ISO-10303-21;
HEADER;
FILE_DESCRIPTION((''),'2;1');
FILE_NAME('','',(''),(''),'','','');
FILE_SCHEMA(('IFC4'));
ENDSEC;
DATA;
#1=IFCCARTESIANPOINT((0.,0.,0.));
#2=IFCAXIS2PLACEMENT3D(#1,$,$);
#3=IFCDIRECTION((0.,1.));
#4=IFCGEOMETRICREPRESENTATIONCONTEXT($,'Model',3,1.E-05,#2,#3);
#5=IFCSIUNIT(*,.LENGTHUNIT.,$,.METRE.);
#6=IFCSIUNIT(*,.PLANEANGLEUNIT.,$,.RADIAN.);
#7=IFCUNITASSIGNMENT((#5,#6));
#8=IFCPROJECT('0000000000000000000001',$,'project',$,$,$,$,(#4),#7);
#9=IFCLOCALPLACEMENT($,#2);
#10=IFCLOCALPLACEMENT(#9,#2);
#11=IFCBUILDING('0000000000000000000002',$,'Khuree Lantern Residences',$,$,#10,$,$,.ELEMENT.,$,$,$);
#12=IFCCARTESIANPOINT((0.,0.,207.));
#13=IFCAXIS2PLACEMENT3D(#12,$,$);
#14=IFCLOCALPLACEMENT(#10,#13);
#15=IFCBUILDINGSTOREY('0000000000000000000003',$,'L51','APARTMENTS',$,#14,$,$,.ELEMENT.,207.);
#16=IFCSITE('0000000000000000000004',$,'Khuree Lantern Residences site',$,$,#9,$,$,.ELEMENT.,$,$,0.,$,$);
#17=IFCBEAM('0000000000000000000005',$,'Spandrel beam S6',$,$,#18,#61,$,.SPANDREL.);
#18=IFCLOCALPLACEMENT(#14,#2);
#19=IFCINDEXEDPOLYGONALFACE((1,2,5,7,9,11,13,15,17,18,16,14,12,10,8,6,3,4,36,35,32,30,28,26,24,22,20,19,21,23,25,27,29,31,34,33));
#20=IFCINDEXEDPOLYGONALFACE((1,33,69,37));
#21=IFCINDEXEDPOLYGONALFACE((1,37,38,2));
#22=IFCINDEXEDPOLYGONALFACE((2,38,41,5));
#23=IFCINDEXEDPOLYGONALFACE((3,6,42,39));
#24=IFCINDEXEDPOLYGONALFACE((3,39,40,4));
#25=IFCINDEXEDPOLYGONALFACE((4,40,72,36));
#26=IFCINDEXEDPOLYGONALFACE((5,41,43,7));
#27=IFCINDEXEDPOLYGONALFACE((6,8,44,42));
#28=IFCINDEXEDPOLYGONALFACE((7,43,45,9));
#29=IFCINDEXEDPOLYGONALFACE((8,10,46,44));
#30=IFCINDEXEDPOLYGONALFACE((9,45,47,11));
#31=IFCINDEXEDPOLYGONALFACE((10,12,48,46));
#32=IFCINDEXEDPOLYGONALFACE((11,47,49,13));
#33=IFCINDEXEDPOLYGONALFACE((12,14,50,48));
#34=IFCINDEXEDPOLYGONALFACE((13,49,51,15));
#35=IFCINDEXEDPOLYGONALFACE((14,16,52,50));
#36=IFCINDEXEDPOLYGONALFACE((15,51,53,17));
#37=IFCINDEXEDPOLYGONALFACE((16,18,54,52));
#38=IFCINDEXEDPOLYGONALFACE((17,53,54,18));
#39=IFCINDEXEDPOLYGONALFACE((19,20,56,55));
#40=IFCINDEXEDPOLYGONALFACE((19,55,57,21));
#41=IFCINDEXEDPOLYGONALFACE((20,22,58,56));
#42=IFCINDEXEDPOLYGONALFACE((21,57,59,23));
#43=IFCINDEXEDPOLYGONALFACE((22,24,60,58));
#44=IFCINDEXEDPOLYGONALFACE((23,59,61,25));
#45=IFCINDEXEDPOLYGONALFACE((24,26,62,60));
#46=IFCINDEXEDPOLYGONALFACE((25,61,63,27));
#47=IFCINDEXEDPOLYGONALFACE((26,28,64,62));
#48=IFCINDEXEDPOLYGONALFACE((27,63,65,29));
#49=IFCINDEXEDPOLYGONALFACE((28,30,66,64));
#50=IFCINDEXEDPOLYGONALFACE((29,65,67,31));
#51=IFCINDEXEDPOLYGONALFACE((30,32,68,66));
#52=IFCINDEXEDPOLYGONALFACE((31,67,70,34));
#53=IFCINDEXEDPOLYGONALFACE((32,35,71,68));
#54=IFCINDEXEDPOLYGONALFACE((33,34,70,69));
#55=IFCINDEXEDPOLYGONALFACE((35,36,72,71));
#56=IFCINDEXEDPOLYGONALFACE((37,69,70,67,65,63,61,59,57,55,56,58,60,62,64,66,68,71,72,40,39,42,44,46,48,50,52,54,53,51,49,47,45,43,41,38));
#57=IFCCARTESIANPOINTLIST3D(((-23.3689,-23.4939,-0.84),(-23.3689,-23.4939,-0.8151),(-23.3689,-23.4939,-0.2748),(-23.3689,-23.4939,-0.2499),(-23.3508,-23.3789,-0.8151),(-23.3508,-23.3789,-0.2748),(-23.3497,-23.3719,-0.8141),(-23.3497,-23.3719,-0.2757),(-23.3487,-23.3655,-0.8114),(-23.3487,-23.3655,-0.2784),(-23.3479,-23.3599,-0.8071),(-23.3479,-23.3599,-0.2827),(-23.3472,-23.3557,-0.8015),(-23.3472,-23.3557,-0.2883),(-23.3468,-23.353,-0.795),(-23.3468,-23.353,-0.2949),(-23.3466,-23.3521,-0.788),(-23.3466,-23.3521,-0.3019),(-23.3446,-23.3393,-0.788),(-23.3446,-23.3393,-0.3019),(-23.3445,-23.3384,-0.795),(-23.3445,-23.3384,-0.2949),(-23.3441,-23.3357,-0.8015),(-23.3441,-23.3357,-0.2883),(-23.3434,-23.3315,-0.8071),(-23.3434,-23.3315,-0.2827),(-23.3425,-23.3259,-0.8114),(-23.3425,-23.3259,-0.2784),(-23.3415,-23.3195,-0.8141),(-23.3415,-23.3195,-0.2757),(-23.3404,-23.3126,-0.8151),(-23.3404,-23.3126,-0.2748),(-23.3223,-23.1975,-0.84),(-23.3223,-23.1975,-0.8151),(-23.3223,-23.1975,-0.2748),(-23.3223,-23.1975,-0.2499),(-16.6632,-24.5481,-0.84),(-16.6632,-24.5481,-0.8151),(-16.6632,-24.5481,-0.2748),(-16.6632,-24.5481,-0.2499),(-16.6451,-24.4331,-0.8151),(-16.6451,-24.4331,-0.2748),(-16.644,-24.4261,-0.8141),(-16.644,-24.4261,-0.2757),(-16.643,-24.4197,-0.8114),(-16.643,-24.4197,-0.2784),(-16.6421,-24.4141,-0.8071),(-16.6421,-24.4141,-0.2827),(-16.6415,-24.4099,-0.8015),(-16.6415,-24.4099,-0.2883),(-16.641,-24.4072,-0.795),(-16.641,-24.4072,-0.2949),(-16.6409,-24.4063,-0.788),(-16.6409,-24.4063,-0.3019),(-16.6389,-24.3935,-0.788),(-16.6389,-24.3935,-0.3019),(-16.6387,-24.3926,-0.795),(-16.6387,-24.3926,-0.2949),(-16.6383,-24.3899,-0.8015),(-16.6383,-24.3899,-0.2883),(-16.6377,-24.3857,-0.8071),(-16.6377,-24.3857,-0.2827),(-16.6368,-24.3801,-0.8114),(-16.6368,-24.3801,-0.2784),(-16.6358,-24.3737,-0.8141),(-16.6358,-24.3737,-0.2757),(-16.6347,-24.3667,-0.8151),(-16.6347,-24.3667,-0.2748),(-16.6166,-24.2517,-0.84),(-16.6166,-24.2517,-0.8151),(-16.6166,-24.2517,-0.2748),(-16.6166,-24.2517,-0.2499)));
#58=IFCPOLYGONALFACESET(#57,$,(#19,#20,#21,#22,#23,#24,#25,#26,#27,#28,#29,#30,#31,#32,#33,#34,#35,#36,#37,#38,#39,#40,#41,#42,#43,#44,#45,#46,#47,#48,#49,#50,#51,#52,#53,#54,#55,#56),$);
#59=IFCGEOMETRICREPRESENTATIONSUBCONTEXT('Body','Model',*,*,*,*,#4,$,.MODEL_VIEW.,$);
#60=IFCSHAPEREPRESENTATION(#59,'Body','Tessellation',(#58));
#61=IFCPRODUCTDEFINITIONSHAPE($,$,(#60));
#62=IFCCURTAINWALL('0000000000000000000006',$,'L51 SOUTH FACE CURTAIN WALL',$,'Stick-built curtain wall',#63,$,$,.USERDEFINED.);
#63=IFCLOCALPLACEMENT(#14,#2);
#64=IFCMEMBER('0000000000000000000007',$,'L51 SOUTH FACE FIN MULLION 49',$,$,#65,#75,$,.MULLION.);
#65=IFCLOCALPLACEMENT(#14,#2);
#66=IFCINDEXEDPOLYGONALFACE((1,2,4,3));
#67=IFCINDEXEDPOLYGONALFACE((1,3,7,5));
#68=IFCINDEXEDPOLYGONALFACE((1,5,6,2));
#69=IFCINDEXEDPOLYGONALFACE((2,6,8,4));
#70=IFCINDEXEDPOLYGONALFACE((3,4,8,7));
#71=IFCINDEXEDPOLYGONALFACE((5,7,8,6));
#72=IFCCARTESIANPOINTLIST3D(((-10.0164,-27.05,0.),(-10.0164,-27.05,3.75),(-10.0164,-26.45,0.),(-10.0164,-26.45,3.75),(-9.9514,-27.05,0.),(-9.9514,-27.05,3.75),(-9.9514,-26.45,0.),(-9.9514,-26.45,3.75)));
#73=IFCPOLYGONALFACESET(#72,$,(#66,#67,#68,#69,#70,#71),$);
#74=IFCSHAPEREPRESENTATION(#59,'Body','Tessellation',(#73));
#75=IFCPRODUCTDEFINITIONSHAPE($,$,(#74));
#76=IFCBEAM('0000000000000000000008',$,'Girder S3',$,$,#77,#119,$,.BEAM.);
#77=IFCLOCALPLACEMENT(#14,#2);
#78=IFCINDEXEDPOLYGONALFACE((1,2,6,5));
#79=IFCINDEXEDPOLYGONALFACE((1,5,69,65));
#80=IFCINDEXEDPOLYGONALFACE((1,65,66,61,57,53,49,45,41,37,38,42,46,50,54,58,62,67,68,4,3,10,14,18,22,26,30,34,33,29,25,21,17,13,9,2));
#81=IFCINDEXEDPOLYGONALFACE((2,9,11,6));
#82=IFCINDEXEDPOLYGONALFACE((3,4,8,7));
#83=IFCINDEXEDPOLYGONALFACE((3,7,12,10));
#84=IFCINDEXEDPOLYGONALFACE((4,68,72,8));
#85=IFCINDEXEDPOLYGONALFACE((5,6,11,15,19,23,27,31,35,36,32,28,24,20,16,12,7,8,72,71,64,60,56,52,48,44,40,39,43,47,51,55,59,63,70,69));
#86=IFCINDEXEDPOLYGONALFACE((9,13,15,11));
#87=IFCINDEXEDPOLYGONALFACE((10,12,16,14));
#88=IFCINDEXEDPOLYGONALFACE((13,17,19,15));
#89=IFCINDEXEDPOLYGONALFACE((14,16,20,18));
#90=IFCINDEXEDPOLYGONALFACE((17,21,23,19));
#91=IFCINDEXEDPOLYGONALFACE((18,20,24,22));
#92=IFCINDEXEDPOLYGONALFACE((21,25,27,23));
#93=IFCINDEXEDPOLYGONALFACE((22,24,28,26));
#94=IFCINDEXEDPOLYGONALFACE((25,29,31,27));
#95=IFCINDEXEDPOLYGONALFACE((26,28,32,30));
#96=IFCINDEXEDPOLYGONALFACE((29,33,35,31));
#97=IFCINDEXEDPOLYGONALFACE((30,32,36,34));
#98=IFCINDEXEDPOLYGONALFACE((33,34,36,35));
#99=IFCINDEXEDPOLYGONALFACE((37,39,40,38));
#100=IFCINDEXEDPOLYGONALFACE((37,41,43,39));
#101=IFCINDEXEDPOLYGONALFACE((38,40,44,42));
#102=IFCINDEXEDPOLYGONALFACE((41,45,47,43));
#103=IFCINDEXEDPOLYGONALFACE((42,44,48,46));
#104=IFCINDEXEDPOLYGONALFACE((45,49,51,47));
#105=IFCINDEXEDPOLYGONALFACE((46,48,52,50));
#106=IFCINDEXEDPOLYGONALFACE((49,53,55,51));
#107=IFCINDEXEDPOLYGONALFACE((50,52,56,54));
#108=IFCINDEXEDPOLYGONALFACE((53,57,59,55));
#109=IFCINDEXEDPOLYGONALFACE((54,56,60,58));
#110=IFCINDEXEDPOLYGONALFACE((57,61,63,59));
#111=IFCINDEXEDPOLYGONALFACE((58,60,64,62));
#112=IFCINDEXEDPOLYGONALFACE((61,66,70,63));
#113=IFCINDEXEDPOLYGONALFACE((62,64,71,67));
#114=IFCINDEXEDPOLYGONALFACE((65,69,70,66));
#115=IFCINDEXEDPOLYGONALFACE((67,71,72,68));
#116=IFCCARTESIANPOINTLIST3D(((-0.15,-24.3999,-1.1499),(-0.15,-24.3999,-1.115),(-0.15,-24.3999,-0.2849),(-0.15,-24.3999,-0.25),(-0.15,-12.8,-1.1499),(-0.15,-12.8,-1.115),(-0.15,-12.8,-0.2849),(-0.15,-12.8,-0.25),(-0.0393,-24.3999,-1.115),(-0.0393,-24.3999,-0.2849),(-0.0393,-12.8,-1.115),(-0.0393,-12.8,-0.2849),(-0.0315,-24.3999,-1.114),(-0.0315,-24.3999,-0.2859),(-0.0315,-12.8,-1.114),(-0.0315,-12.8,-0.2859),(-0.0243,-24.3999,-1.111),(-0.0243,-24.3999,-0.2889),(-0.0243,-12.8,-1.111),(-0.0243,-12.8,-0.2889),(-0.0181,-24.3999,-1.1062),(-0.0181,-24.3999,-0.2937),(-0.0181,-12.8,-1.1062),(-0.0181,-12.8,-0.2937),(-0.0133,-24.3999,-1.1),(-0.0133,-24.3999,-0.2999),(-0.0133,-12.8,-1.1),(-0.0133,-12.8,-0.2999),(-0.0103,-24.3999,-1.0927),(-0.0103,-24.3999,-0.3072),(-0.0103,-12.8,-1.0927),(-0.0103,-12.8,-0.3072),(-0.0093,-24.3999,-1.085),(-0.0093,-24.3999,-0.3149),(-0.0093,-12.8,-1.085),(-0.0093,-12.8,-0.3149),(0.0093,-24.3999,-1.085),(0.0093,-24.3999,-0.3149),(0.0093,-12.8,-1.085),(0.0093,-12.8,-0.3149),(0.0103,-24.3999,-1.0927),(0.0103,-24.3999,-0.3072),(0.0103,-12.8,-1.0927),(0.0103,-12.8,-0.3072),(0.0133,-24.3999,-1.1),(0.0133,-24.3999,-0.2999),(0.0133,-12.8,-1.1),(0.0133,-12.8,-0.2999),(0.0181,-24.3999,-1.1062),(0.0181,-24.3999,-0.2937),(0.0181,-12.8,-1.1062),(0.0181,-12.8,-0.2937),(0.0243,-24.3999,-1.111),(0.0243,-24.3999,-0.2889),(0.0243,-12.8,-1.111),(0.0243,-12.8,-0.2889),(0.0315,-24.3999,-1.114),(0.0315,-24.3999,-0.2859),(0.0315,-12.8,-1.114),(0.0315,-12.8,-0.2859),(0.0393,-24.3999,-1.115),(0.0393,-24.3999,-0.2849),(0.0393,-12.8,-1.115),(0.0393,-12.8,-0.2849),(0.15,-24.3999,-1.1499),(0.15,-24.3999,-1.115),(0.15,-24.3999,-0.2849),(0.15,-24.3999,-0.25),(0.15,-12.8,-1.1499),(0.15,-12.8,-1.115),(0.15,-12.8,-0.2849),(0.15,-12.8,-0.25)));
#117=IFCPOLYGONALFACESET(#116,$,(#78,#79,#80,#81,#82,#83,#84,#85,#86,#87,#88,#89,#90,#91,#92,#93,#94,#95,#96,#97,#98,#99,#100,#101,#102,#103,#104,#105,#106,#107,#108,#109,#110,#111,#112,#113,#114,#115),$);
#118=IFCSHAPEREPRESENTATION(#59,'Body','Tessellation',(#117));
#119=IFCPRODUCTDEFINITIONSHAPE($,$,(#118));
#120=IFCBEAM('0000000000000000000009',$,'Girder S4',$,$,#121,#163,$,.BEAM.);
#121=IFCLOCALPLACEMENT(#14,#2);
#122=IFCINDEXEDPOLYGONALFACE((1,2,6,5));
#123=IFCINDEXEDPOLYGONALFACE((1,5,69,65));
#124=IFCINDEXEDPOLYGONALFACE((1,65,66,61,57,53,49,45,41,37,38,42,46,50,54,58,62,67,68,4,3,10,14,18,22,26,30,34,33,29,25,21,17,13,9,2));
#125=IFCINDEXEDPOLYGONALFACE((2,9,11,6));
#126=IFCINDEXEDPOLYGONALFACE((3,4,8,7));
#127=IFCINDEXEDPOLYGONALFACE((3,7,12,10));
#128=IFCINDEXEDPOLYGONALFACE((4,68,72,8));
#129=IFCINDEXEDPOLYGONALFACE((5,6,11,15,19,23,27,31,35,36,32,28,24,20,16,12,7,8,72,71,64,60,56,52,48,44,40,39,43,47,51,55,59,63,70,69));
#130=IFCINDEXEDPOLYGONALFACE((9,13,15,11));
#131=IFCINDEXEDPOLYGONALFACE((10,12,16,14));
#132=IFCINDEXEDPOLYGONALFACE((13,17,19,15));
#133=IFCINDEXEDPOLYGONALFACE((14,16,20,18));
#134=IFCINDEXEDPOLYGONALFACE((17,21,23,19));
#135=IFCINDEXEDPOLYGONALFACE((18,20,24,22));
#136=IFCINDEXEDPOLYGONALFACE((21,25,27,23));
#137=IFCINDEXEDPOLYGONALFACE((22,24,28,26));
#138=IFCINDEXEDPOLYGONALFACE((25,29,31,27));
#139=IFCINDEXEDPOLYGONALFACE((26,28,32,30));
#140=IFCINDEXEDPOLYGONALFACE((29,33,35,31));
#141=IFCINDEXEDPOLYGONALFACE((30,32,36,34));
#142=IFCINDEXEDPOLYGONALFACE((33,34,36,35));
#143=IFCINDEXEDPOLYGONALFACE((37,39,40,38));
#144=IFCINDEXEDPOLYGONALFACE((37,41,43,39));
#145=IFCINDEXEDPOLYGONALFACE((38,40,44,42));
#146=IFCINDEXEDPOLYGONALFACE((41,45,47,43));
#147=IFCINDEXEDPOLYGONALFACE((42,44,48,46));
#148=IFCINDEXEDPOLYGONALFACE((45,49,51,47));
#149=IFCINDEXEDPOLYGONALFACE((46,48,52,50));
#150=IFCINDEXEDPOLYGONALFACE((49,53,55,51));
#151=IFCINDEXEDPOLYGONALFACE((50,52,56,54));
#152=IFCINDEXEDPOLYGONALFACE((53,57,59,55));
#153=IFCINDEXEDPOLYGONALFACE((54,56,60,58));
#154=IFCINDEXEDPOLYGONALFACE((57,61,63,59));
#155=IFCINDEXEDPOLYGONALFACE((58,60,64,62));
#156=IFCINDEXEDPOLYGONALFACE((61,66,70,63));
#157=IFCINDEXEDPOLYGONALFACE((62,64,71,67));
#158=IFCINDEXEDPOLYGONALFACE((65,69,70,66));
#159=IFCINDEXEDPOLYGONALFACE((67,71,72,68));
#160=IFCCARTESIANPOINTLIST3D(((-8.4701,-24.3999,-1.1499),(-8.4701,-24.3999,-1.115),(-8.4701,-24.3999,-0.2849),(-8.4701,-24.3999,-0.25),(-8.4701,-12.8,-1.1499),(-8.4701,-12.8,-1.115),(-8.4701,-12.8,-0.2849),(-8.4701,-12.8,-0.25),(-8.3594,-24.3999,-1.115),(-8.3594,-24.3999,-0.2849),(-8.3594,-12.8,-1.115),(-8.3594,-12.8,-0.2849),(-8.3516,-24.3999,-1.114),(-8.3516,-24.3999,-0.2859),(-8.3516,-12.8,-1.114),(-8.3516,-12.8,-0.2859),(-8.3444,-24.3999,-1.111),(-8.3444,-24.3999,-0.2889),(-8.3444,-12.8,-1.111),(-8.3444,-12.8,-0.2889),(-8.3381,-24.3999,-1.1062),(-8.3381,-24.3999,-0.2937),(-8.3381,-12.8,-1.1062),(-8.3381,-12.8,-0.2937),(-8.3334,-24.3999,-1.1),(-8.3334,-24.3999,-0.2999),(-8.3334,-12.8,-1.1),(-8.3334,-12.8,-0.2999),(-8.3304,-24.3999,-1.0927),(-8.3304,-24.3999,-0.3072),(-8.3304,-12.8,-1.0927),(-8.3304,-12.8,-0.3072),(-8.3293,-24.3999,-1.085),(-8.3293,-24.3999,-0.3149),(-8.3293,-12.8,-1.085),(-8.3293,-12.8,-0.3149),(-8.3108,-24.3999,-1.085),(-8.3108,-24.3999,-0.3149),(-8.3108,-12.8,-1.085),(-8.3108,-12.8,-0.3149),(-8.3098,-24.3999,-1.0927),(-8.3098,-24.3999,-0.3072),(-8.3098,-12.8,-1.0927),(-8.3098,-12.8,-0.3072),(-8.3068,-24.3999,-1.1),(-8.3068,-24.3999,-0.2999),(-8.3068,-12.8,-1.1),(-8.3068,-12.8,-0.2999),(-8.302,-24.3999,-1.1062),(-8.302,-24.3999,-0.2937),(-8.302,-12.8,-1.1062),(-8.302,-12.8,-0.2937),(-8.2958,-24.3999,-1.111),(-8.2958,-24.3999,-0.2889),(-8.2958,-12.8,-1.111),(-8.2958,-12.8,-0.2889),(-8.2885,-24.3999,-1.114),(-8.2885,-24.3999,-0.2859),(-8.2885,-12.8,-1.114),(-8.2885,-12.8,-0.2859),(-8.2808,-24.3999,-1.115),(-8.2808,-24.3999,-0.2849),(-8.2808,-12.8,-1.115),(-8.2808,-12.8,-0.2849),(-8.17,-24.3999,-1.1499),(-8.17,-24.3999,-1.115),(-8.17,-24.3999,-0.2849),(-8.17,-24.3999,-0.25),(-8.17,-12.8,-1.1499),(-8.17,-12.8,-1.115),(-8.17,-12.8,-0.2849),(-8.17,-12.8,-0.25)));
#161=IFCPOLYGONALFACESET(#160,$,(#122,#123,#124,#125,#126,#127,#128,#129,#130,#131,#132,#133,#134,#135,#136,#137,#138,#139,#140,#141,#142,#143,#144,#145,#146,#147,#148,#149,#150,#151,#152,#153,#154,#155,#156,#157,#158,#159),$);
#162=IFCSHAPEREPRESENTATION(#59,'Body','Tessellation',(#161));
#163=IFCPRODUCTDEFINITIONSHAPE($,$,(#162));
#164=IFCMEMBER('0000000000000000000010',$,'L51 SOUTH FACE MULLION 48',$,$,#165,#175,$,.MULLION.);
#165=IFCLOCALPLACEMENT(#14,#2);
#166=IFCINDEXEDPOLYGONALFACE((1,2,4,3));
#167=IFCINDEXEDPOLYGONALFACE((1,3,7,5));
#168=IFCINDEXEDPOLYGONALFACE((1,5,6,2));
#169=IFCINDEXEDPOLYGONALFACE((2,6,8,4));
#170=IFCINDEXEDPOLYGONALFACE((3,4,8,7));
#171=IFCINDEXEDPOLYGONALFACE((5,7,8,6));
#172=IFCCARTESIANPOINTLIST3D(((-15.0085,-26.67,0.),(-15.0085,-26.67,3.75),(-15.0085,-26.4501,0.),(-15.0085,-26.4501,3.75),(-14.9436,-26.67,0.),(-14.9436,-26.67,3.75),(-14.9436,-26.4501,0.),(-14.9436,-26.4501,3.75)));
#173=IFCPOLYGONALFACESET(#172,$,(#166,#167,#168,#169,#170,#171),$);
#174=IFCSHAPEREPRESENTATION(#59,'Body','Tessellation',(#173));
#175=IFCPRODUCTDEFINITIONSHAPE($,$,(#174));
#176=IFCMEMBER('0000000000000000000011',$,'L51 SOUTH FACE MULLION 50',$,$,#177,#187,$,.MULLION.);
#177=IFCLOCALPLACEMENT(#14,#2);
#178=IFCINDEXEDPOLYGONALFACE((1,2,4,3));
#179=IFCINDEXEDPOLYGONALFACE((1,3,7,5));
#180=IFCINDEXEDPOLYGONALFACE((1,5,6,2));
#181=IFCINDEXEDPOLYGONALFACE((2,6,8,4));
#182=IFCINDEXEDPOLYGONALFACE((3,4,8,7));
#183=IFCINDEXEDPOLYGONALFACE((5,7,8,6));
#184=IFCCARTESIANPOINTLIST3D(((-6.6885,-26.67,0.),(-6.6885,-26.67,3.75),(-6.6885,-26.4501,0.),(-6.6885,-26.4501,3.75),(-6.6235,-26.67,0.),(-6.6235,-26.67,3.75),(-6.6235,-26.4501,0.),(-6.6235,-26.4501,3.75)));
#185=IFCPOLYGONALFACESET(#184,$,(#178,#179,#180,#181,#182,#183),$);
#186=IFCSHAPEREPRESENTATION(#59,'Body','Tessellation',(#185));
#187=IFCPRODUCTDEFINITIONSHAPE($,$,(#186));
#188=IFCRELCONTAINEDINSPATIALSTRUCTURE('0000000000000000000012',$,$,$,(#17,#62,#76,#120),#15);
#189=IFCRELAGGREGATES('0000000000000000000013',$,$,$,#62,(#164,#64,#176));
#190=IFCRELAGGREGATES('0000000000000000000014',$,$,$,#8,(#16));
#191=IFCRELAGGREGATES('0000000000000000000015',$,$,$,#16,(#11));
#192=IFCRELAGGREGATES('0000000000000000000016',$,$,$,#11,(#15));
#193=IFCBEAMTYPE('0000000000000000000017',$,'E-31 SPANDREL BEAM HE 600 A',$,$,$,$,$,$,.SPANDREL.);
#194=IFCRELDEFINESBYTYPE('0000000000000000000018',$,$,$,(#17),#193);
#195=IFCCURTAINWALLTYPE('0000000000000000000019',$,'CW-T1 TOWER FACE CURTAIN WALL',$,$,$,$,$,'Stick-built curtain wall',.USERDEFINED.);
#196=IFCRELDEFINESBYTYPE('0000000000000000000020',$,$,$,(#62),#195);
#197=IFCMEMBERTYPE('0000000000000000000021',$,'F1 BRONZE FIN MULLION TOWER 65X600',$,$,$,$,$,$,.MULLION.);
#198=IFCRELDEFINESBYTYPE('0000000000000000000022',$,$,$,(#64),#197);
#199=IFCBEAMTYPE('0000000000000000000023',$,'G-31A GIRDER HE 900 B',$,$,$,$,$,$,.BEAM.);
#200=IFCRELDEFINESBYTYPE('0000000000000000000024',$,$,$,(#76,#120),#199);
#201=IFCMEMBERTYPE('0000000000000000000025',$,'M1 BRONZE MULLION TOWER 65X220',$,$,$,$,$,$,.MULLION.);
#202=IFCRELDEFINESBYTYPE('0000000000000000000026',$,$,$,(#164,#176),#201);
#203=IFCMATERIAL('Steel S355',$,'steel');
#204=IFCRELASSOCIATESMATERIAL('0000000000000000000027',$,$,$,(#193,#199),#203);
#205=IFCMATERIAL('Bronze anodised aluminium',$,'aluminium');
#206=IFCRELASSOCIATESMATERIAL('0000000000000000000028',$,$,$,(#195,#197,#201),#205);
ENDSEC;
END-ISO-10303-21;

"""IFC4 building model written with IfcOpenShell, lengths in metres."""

from ifc_helpers import new_model, si_unit, direction, frame, origin, origin_2d, place, context, subcontext, project, spatial, rectangle, i_section, extrude, material, material_profile, profile_set, type_object, element, aggregate, save


model = new_model("IFC4")

# Units and contexts
model_context = context("Model", 3, precision=1e-05, world=origin(), true_north=direction((0.0, 1.0)))
body_context = subcontext(model_context, "Body", "Model", "MODEL_VIEW")
ifc_project = project(units=[si_unit("LENGTHUNIT", "METRE"), si_unit("PLANEANGLEUNIT", "RADIAN")], contexts=[model_context])

# Site, building, storey
site_placement = place(None, origin())
site = spatial("IfcSite", under=ifc_project, at=site_placement, Name="Khuree Lantern Residences site", CompositionType="ELEMENT", RefElevation=0.0)
building_placement = place(site_placement, origin())
building = spatial("IfcBuilding", under=site, at=building_placement, Name="Khuree Lantern Residences", CompositionType="ELEMENT")
storey_placement = place(building_placement, frame((0.0, 0.0, 207.0)))
storey = spatial("IfcBuildingStorey", under=building, at=storey_placement, Name="L51", Description="APARTMENTS", CompositionType="ELEMENT", Elevation=207.0)

# Beam
ifc_material_1 = material(Name="Steel S355", Category="steel")
ifc_material_profile_1 = material_profile(ifc_material_1, i_section(OverallWidth=0.3, OverallDepth=0.5901, WebThickness=0.0129, FlangeThickness=0.0249, FilletRadius=0.0271, at=origin_2d()), Name="HE 600 A")
ifc_profile_set_1 = profile_set([ifc_material_profile_1], Name="Steel S355")
beam_type_1 = type_object("IfcBeamType", Name="E-31 SPANDREL BEAM HE 600 A", PredefinedType="SPANDREL", material=ifc_profile_set_1)
beam_1_placement = place(storey_placement, frame((-16.6399, -24.3999, -0.5449), z_axis=(-0.987867, 0.1553, 0.0), x_axis=(-0.1553, -0.987867, 0.0)))
element("IfcBeam", 1, at=beam_1_placement, inside=storey, type_object=beam_type_1, Name="Spandrel beam S6", PredefinedType="SPANDREL", context=body_context, shape_type="SweptSolid", body=[
    extrude(i_section(OverallWidth=0.3, OverallDepth=0.5901, WebThickness=0.0129, FlangeThickness=0.0249, FilletRadius=0.0271, at=origin_2d()), origin(), (0.0, 0.0, 1.0), 6.7881),
])

# Curtain wall, member
ifc_material_2 = material(Name="Bronze anodised aluminium", Category="aluminium")
curtain_wall_type = type_object("IfcCurtainWallType", Name="CW-T1 TOWER FACE CURTAIN WALL", ElementType="Stick-built curtain wall", PredefinedType="USERDEFINED", material=ifc_material_2)
curtain_wall_placement = place(storey_placement, origin())
curtain_wall = element("IfcCurtainWall", 2, at=curtain_wall_placement, inside=storey, type_object=curtain_wall_type, Name="L51 SOUTH FACE CURTAIN WALL", ObjectType="Stick-built curtain wall", PredefinedType="USERDEFINED")
ifc_material_profile_2 = material_profile(ifc_material_2, rectangle(XDim=0.0649, YDim=0.6001, at=origin_2d()), Name="F1 65X600")
ifc_profile_set_2 = profile_set([ifc_material_profile_2], Name="Bronze anodised aluminium")
member_type_1 = type_object("IfcMemberType", Name="F1 BRONZE FIN MULLION TOWER 65X600", PredefinedType="MULLION", material=ifc_profile_set_2)
member_1_placement = place(storey_placement, frame((-9.9839, -26.75, 0.0), z_axis=(0.0, 0.0, 1.0), x_axis=(1.0, 0.0, 0.0)))
member_1 = element("IfcMember", 3, at=member_1_placement, type_object=member_type_1, Name="L51 SOUTH FACE FIN MULLION 49", PredefinedType="MULLION", context=body_context, shape_type="SweptSolid", body=[
    extrude(rectangle(XDim=0.0649, YDim=0.6001, at=origin_2d()), origin(), (0.0, 0.0, 1.0), 3.75),
])

# Beams
ifc_material_profile_3 = material_profile(ifc_material_1, i_section(OverallWidth=0.3, OverallDepth=0.8999, WebThickness=0.0186, FlangeThickness=0.0349, FilletRadius=0.03, at=origin_2d()), Name="HE 900 B")
ifc_profile_set_3 = profile_set([ifc_material_profile_3], Name="Steel S355")
beam_type_2 = type_object("IfcBeamType", Name="G-31A GIRDER HE 900 B", PredefinedType="BEAM", material=ifc_profile_set_3)
for number, where, z_axis, x_axis, name in (
    (4, (0.0, -24.3999, -0.7), (0.0, 1.0, 0.0), (-1.0, 0.0, 0.0), "Girder S3"),
    (5, (-8.3201, -24.3999, -0.7), (0.0, 1.0, 0.0), (-1.0, 0.0, 0.0), "Girder S4"),
):
    element("IfcBeam", number, at=place(storey_placement, frame(where, z_axis=z_axis, x_axis=x_axis)), inside=storey, type_object=beam_type_2, Name=name, PredefinedType="BEAM", context=body_context, shape_type="SweptSolid", body=[
        extrude(i_section(OverallWidth=0.3, OverallDepth=0.8999, WebThickness=0.0186, FlangeThickness=0.0349, FilletRadius=0.03, at=origin_2d()), origin(), (0.0, 0.0, 1.0), 11.5999),
    ])

# Members
ifc_material_profile_4 = material_profile(ifc_material_2, rectangle(XDim=0.0649, YDim=0.22, at=origin_2d()), Name="M1 65X220")
ifc_profile_set_4 = profile_set([ifc_material_profile_4], Name="Bronze anodised aluminium")
member_type_2 = type_object("IfcMemberType", Name="M1 BRONZE MULLION TOWER 65X220", PredefinedType="MULLION", material=ifc_profile_set_4)
member_2_placement = place(storey_placement, frame((-14.9761, -26.5601, 0.0), z_axis=(0.0, 0.0, 1.0), x_axis=(1.0, 0.0, 0.0)))
member_2 = element("IfcMember", 6, at=member_2_placement, type_object=member_type_2, Name="L51 SOUTH FACE MULLION 48", PredefinedType="MULLION", context=body_context, shape_type="SweptSolid", body=[
    extrude(rectangle(XDim=0.0649, YDim=0.22, at=origin_2d()), origin(), (0.0, 0.0, 1.0), 3.75),
])
member_3_placement = place(storey_placement, frame((-6.656, -26.5601, 0.0), z_axis=(0.0, 0.0, 1.0), x_axis=(1.0, 0.0, 0.0)))
member_3 = element("IfcMember", 7, at=member_3_placement, type_object=member_type_2, Name="L51 SOUTH FACE MULLION 50", PredefinedType="MULLION", context=body_context, shape_type="SweptSolid", body=[
    extrude(rectangle(XDim=0.0649, YDim=0.22, at=origin_2d()), origin(), (0.0, 0.0, 1.0), 3.75),
])

aggregate(curtain_wall, [member_2, member_1, member_3])

save(model, "model.ifc")
